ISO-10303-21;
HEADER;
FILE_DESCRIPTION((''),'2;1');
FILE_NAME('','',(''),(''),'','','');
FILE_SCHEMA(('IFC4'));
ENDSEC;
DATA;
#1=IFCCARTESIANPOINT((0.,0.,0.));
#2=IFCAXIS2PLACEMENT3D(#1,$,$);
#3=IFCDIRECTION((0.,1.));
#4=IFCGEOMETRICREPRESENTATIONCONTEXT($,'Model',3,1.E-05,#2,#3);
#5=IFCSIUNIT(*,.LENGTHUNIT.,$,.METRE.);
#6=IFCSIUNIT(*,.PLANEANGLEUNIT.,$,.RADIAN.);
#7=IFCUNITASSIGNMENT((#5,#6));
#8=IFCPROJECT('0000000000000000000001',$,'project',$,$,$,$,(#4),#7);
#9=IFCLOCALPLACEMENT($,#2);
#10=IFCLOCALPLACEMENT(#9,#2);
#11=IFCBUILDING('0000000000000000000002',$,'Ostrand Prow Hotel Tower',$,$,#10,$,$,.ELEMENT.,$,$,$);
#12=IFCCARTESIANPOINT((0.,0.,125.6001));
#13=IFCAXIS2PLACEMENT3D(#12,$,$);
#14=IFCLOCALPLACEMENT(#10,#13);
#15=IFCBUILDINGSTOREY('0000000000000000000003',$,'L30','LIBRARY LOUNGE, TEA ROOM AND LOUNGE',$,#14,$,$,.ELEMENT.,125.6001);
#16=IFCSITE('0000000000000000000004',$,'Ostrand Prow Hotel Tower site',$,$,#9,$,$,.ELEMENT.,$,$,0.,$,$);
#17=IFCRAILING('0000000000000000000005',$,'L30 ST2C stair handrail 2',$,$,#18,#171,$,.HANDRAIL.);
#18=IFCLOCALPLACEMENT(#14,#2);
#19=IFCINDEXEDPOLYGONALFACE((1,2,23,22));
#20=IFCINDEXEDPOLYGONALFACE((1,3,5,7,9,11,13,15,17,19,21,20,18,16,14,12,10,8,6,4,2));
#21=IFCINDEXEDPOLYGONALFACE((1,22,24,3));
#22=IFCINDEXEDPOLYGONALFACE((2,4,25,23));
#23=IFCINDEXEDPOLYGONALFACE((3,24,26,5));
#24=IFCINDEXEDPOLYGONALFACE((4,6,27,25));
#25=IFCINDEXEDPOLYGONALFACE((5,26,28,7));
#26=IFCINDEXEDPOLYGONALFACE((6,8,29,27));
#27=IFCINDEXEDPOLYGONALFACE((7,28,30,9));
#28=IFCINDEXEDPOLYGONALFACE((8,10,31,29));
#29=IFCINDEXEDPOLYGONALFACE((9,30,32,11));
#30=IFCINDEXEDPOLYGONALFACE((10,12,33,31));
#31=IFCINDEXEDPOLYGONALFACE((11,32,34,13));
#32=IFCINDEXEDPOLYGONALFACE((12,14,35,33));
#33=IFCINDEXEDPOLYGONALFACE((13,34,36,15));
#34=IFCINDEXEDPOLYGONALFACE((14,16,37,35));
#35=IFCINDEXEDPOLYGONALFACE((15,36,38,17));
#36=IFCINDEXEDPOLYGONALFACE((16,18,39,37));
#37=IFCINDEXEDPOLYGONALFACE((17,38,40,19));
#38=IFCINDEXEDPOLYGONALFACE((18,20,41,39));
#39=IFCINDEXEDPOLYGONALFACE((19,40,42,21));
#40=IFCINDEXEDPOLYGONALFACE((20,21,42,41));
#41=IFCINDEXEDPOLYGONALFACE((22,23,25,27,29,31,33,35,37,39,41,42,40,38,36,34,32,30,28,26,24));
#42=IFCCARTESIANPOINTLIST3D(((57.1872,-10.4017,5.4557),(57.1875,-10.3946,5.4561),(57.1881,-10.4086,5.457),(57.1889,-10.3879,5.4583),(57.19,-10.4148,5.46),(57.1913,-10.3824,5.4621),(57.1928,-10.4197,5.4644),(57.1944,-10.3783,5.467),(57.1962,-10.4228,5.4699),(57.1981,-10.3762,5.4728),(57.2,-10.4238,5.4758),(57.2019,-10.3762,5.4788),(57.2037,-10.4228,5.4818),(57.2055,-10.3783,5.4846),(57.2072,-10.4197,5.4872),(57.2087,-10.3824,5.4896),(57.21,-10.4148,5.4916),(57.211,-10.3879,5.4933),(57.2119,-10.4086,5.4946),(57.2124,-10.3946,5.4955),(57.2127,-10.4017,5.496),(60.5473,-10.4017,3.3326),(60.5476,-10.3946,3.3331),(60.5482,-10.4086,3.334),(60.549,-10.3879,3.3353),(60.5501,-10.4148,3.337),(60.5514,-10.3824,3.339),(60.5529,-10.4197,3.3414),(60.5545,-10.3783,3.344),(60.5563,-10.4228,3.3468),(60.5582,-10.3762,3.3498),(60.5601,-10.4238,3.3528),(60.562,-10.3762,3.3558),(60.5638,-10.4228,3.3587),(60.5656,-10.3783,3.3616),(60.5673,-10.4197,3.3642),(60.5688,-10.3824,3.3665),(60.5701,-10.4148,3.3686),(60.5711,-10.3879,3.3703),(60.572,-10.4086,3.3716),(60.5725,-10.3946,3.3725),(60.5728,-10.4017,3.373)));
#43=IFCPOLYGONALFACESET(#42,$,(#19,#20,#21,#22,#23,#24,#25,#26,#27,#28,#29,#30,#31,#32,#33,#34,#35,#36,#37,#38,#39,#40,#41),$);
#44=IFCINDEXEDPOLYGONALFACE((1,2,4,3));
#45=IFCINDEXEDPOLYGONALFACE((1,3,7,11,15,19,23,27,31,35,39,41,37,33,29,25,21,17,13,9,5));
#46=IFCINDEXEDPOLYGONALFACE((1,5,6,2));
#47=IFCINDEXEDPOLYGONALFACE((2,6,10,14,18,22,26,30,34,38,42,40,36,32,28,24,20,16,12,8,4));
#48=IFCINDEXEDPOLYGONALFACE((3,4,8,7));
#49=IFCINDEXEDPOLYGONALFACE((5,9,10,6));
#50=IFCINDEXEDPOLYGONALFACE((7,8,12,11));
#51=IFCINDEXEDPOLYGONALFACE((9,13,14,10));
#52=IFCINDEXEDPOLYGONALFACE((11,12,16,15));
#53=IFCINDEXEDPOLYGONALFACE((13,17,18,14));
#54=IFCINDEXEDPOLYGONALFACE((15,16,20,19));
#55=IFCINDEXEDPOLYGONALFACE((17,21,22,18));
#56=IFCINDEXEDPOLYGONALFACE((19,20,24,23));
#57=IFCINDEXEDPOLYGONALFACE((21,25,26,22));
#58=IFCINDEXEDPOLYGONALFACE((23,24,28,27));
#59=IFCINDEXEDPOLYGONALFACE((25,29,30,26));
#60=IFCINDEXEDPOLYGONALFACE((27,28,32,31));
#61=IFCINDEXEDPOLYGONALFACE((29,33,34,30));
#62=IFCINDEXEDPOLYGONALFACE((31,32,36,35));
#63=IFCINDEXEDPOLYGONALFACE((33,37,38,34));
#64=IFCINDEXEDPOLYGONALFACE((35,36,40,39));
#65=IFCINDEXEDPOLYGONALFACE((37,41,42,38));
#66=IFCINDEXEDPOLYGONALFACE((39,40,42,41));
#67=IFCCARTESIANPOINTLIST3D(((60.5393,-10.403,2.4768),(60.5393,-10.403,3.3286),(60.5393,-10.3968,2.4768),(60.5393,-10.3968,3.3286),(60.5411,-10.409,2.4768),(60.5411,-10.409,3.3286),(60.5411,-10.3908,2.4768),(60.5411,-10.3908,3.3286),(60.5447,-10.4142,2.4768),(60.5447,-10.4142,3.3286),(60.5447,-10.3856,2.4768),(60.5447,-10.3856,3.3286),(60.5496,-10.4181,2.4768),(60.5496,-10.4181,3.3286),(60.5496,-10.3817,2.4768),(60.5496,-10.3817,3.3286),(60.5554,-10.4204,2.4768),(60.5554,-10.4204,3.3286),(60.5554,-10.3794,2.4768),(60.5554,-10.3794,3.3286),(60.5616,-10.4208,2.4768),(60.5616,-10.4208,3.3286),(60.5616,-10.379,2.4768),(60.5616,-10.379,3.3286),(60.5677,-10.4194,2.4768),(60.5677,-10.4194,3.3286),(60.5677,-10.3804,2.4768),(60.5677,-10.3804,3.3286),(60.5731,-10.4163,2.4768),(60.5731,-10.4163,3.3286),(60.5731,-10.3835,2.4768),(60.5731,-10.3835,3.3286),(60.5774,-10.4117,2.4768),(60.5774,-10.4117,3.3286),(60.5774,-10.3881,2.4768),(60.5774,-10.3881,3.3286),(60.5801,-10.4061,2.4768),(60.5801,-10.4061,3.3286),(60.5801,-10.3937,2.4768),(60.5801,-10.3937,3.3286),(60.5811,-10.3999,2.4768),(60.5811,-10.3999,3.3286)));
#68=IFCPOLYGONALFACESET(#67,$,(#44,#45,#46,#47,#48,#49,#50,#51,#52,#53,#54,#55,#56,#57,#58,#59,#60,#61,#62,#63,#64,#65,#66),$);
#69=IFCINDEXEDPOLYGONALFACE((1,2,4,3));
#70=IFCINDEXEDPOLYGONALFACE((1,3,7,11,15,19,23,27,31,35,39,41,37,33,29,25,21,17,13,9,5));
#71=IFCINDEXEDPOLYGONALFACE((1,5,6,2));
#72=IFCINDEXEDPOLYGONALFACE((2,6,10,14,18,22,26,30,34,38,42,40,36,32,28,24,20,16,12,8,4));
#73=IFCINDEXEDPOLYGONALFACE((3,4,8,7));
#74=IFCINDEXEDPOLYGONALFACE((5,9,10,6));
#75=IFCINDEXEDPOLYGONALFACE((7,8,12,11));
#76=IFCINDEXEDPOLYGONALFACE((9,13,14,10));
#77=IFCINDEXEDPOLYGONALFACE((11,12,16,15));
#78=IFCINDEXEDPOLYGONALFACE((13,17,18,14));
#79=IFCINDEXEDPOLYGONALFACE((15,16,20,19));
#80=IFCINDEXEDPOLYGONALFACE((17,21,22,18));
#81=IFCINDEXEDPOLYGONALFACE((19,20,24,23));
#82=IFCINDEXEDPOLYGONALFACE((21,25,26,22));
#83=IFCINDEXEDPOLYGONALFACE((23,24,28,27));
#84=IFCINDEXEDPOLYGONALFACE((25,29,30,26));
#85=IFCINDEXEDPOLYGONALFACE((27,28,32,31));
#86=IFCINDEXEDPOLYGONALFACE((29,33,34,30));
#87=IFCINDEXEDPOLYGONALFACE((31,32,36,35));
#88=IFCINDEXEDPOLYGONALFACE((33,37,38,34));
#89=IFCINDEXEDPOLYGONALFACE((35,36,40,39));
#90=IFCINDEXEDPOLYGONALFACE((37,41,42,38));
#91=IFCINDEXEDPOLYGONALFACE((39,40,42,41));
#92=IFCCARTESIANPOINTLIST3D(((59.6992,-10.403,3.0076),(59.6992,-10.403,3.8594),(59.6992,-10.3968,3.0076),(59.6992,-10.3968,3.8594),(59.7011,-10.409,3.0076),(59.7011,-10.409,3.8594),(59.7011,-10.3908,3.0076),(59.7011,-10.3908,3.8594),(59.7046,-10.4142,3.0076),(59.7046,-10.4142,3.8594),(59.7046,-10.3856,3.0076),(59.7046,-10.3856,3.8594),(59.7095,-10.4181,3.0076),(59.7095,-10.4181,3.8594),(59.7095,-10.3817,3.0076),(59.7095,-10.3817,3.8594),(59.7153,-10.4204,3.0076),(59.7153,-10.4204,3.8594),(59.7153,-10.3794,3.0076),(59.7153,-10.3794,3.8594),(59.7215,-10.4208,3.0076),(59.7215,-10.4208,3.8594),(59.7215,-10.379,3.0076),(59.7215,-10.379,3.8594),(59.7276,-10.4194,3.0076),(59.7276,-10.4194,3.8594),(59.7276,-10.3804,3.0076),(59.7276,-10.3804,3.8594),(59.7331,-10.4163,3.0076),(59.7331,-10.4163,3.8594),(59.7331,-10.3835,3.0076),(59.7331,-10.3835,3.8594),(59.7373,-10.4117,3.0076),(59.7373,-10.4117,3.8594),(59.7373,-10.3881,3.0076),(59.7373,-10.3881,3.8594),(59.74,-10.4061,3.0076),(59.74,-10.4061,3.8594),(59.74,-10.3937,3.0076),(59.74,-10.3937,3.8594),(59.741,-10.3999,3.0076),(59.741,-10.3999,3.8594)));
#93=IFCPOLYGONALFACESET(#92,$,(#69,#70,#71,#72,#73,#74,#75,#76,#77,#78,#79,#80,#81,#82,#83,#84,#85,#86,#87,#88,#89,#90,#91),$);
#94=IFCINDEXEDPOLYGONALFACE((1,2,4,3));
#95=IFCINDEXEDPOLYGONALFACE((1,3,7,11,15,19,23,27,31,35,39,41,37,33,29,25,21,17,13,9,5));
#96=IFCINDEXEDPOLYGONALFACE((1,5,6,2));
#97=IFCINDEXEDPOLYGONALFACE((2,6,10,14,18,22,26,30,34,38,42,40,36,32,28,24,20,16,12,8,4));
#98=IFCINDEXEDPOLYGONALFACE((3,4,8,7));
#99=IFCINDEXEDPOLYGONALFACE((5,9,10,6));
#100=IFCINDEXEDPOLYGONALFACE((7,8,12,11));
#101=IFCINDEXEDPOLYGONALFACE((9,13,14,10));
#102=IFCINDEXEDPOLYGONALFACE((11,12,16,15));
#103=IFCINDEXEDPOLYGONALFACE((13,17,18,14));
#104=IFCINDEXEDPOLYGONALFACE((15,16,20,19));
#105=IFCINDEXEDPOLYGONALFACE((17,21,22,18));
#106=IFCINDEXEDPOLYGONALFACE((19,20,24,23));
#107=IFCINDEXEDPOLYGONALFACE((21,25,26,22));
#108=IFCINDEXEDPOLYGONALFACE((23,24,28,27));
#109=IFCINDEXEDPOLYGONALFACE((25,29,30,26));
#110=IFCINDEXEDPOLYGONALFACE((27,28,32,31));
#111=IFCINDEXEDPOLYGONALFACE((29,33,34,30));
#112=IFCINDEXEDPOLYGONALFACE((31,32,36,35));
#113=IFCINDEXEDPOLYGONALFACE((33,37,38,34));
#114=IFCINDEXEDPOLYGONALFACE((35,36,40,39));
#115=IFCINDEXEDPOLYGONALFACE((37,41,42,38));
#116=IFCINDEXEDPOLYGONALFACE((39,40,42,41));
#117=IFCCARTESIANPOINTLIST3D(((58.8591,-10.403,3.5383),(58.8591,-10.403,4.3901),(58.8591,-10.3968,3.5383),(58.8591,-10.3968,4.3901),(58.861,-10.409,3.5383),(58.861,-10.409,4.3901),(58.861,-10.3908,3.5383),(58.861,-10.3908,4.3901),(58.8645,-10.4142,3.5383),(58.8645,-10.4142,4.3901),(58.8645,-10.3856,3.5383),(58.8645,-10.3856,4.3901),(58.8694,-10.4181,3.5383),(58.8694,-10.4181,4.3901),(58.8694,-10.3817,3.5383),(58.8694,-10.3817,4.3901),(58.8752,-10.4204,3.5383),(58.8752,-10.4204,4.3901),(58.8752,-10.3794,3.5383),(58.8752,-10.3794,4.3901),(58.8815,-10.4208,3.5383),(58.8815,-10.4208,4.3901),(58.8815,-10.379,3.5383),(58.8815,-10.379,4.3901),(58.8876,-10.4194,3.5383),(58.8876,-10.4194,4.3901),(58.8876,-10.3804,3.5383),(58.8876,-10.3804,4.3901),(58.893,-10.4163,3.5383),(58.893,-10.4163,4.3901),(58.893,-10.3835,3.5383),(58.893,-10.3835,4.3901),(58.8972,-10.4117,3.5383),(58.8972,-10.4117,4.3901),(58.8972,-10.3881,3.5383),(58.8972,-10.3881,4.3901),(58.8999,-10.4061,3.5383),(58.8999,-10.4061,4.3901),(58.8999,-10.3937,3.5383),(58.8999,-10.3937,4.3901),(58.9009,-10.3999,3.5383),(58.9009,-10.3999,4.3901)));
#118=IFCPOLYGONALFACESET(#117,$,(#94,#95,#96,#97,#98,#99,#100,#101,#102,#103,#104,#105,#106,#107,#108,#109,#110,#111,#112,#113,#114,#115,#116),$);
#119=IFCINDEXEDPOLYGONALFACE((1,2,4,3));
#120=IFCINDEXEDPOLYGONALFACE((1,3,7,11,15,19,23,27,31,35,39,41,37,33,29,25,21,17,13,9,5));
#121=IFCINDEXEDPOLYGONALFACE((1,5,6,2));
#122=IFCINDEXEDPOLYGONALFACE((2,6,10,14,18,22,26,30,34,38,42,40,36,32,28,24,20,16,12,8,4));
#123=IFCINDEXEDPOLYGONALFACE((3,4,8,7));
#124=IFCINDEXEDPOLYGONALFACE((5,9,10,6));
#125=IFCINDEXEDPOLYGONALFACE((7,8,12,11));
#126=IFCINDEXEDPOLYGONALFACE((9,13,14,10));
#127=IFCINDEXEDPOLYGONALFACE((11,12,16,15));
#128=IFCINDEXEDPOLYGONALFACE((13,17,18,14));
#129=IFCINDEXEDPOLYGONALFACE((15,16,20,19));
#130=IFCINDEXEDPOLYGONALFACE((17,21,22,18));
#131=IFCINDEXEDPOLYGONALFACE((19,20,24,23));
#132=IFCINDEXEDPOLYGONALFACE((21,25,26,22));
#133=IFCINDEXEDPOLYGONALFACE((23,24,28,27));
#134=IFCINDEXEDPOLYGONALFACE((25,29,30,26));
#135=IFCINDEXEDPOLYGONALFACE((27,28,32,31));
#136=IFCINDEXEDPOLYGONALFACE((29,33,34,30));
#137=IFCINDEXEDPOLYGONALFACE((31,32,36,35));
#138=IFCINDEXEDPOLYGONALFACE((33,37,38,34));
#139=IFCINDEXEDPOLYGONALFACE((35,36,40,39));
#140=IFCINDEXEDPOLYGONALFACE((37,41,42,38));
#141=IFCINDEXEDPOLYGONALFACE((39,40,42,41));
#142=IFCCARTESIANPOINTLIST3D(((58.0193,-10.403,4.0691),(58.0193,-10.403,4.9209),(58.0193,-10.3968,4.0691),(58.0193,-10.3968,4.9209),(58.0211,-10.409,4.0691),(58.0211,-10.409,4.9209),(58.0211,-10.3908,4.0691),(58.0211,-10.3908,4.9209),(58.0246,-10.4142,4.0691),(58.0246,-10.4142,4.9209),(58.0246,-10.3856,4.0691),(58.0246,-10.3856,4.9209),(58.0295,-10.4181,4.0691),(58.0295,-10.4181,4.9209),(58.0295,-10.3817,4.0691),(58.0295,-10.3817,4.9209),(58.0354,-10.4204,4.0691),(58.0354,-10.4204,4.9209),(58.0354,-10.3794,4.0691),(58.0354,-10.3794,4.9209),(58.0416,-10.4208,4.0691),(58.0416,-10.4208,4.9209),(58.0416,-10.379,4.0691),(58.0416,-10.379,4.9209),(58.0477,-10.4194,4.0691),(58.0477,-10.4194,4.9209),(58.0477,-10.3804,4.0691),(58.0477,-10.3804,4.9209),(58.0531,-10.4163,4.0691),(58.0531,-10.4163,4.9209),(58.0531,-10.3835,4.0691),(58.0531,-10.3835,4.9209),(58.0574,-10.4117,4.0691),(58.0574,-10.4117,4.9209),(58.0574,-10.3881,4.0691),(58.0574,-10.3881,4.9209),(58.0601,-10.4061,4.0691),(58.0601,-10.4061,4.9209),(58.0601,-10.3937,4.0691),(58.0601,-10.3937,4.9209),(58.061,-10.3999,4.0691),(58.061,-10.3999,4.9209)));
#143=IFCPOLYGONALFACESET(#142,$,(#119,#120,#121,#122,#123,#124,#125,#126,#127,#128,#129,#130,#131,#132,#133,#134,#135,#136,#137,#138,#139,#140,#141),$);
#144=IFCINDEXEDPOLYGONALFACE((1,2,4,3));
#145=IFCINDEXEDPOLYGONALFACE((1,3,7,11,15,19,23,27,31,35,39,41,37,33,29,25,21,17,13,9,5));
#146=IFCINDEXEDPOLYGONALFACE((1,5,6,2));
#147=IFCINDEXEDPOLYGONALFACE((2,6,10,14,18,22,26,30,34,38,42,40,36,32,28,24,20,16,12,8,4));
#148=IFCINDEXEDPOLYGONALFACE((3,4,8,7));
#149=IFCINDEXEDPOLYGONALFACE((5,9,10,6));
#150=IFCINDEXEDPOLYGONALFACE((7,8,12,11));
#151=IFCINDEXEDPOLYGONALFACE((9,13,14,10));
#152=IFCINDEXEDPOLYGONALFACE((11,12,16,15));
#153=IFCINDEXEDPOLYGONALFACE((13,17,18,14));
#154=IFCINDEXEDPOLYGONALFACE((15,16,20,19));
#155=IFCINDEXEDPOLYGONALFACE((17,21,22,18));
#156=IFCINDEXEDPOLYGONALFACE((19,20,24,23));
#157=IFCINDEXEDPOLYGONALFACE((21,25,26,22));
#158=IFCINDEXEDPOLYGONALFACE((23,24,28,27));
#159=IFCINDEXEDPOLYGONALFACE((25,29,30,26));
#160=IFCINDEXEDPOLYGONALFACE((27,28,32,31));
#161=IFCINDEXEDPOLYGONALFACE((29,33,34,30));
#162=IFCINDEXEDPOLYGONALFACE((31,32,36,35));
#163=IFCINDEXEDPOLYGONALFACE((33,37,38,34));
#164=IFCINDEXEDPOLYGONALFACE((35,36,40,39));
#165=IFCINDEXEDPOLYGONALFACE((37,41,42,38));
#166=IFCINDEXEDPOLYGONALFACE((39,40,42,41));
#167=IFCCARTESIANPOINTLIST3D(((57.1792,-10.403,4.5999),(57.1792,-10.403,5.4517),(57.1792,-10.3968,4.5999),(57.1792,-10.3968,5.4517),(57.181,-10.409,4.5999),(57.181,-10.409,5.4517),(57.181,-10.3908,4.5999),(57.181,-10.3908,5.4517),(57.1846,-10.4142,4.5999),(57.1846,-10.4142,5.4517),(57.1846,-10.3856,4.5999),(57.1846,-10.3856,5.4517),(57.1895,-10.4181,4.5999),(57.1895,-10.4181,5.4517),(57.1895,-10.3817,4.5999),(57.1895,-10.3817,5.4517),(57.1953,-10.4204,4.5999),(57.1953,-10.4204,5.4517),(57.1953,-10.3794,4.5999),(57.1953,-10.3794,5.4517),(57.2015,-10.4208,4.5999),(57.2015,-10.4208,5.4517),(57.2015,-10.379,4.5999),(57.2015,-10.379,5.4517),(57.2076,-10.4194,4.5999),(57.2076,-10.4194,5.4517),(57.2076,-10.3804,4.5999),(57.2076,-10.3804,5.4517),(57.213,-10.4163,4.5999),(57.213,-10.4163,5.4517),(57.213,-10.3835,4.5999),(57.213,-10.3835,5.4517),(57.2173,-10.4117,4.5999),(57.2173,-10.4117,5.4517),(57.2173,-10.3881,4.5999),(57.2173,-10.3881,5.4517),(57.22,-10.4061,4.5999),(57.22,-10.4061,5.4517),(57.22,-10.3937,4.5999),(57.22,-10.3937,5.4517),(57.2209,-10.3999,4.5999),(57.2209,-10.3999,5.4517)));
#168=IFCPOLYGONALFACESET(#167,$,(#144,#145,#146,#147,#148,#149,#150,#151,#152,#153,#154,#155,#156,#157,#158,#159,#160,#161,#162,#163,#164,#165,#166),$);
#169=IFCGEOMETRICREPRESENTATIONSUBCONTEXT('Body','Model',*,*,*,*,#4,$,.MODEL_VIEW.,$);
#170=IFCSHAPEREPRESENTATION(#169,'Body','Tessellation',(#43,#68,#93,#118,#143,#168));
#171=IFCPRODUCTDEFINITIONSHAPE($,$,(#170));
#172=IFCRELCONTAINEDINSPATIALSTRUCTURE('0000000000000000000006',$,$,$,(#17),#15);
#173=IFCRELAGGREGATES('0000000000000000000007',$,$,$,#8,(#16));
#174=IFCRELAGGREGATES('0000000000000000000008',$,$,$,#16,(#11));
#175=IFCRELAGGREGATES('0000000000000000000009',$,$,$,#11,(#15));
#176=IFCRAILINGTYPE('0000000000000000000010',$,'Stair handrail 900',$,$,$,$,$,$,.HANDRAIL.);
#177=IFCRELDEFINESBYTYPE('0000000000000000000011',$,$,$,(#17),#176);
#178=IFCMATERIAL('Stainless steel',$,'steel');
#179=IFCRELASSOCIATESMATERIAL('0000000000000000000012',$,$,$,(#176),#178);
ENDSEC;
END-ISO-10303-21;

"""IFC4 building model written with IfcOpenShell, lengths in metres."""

from ifc_helpers import new_model, si_unit, direction, frame, origin, origin_2d, place, context, subcontext, project, spatial, circle, extrude, material, type_object, element, save


model = new_model("IFC4")

# Units and contexts
model_context = context("Model", 3, precision=1e-05, world=origin(), true_north=direction((0.0, 1.0)))
body_context = subcontext(model_context, "Body", "Model", "MODEL_VIEW")
ifc_project = project(units=[si_unit("LENGTHUNIT", "METRE"), si_unit("PLANEANGLEUNIT", "RADIAN")], contexts=[model_context])

# Site, building, storey
site_placement = place(None, origin())
site = spatial("IfcSite", under=ifc_project, at=site_placement, Name="Ostrand Prow Hotel Tower site", CompositionType="ELEMENT", RefElevation=0.0)
building_placement = place(site_placement, origin())
building = spatial("IfcBuilding", under=site, at=building_placement, Name="Ostrand Prow Hotel Tower", CompositionType="ELEMENT")
storey_placement = place(building_placement, frame((0.0, 0.0, 125.6001)))
storey = spatial("IfcBuildingStorey", under=building, at=storey_placement, Name="L30", Description="LIBRARY LOUNGE, TEA ROOM AND LOUNGE", CompositionType="ELEMENT", Elevation=125.6001)

# Railing
ifc_material_1 = material(Name="Stainless steel", Category="steel")
railing_type_1 = type_object("IfcRailingType", Name="Stair handrail 900", PredefinedType="HANDRAIL", material=ifc_material_1)
railing_1_placement = place(storey_placement, frame((60.5601, -10.3999, 2.4768)))
element("IfcRailing", 1, at=railing_1_placement, inside=storey, type_object=railing_type_1, Name="L30 ST2C stair handrail 2", PredefinedType="HANDRAIL", context=body_context, shape_type="SweptSolid", body=[
    extrude(circle(Radius=0.0239, at=origin_2d()), frame((0.0, 0.0, 0.876), z_axis=(-0.84539, 0.0, 0.53415), x_axis=(0.0, -1.0, 0.0)), (0.0, 0.0, 1.0), 3.9746),
    extrude(circle(Radius=0.021, at=origin_2d()), origin(), (0.0, 0.0, 1.0), 0.8518),
    extrude(circle(Radius=0.021, at=origin_2d()), frame((-0.8401, 0.0, 0.5308)), (0.0, 0.0, 1.0), 0.8518),
    extrude(circle(Radius=0.021, at=origin_2d()), frame((-1.6802, 0.0, 1.0615)), (0.0, 0.0, 1.0), 0.8518),
    extrude(circle(Radius=0.021, at=origin_2d()), frame((-2.52, 0.0, 1.5923)), (0.0, 0.0, 1.0), 0.8518),
    extrude(circle(Radius=0.021, at=origin_2d()), frame((-3.3601, 0.0, 2.123)), (0.0, 0.0, 1.0), 0.8518),
])

save(model, "model.ifc")
